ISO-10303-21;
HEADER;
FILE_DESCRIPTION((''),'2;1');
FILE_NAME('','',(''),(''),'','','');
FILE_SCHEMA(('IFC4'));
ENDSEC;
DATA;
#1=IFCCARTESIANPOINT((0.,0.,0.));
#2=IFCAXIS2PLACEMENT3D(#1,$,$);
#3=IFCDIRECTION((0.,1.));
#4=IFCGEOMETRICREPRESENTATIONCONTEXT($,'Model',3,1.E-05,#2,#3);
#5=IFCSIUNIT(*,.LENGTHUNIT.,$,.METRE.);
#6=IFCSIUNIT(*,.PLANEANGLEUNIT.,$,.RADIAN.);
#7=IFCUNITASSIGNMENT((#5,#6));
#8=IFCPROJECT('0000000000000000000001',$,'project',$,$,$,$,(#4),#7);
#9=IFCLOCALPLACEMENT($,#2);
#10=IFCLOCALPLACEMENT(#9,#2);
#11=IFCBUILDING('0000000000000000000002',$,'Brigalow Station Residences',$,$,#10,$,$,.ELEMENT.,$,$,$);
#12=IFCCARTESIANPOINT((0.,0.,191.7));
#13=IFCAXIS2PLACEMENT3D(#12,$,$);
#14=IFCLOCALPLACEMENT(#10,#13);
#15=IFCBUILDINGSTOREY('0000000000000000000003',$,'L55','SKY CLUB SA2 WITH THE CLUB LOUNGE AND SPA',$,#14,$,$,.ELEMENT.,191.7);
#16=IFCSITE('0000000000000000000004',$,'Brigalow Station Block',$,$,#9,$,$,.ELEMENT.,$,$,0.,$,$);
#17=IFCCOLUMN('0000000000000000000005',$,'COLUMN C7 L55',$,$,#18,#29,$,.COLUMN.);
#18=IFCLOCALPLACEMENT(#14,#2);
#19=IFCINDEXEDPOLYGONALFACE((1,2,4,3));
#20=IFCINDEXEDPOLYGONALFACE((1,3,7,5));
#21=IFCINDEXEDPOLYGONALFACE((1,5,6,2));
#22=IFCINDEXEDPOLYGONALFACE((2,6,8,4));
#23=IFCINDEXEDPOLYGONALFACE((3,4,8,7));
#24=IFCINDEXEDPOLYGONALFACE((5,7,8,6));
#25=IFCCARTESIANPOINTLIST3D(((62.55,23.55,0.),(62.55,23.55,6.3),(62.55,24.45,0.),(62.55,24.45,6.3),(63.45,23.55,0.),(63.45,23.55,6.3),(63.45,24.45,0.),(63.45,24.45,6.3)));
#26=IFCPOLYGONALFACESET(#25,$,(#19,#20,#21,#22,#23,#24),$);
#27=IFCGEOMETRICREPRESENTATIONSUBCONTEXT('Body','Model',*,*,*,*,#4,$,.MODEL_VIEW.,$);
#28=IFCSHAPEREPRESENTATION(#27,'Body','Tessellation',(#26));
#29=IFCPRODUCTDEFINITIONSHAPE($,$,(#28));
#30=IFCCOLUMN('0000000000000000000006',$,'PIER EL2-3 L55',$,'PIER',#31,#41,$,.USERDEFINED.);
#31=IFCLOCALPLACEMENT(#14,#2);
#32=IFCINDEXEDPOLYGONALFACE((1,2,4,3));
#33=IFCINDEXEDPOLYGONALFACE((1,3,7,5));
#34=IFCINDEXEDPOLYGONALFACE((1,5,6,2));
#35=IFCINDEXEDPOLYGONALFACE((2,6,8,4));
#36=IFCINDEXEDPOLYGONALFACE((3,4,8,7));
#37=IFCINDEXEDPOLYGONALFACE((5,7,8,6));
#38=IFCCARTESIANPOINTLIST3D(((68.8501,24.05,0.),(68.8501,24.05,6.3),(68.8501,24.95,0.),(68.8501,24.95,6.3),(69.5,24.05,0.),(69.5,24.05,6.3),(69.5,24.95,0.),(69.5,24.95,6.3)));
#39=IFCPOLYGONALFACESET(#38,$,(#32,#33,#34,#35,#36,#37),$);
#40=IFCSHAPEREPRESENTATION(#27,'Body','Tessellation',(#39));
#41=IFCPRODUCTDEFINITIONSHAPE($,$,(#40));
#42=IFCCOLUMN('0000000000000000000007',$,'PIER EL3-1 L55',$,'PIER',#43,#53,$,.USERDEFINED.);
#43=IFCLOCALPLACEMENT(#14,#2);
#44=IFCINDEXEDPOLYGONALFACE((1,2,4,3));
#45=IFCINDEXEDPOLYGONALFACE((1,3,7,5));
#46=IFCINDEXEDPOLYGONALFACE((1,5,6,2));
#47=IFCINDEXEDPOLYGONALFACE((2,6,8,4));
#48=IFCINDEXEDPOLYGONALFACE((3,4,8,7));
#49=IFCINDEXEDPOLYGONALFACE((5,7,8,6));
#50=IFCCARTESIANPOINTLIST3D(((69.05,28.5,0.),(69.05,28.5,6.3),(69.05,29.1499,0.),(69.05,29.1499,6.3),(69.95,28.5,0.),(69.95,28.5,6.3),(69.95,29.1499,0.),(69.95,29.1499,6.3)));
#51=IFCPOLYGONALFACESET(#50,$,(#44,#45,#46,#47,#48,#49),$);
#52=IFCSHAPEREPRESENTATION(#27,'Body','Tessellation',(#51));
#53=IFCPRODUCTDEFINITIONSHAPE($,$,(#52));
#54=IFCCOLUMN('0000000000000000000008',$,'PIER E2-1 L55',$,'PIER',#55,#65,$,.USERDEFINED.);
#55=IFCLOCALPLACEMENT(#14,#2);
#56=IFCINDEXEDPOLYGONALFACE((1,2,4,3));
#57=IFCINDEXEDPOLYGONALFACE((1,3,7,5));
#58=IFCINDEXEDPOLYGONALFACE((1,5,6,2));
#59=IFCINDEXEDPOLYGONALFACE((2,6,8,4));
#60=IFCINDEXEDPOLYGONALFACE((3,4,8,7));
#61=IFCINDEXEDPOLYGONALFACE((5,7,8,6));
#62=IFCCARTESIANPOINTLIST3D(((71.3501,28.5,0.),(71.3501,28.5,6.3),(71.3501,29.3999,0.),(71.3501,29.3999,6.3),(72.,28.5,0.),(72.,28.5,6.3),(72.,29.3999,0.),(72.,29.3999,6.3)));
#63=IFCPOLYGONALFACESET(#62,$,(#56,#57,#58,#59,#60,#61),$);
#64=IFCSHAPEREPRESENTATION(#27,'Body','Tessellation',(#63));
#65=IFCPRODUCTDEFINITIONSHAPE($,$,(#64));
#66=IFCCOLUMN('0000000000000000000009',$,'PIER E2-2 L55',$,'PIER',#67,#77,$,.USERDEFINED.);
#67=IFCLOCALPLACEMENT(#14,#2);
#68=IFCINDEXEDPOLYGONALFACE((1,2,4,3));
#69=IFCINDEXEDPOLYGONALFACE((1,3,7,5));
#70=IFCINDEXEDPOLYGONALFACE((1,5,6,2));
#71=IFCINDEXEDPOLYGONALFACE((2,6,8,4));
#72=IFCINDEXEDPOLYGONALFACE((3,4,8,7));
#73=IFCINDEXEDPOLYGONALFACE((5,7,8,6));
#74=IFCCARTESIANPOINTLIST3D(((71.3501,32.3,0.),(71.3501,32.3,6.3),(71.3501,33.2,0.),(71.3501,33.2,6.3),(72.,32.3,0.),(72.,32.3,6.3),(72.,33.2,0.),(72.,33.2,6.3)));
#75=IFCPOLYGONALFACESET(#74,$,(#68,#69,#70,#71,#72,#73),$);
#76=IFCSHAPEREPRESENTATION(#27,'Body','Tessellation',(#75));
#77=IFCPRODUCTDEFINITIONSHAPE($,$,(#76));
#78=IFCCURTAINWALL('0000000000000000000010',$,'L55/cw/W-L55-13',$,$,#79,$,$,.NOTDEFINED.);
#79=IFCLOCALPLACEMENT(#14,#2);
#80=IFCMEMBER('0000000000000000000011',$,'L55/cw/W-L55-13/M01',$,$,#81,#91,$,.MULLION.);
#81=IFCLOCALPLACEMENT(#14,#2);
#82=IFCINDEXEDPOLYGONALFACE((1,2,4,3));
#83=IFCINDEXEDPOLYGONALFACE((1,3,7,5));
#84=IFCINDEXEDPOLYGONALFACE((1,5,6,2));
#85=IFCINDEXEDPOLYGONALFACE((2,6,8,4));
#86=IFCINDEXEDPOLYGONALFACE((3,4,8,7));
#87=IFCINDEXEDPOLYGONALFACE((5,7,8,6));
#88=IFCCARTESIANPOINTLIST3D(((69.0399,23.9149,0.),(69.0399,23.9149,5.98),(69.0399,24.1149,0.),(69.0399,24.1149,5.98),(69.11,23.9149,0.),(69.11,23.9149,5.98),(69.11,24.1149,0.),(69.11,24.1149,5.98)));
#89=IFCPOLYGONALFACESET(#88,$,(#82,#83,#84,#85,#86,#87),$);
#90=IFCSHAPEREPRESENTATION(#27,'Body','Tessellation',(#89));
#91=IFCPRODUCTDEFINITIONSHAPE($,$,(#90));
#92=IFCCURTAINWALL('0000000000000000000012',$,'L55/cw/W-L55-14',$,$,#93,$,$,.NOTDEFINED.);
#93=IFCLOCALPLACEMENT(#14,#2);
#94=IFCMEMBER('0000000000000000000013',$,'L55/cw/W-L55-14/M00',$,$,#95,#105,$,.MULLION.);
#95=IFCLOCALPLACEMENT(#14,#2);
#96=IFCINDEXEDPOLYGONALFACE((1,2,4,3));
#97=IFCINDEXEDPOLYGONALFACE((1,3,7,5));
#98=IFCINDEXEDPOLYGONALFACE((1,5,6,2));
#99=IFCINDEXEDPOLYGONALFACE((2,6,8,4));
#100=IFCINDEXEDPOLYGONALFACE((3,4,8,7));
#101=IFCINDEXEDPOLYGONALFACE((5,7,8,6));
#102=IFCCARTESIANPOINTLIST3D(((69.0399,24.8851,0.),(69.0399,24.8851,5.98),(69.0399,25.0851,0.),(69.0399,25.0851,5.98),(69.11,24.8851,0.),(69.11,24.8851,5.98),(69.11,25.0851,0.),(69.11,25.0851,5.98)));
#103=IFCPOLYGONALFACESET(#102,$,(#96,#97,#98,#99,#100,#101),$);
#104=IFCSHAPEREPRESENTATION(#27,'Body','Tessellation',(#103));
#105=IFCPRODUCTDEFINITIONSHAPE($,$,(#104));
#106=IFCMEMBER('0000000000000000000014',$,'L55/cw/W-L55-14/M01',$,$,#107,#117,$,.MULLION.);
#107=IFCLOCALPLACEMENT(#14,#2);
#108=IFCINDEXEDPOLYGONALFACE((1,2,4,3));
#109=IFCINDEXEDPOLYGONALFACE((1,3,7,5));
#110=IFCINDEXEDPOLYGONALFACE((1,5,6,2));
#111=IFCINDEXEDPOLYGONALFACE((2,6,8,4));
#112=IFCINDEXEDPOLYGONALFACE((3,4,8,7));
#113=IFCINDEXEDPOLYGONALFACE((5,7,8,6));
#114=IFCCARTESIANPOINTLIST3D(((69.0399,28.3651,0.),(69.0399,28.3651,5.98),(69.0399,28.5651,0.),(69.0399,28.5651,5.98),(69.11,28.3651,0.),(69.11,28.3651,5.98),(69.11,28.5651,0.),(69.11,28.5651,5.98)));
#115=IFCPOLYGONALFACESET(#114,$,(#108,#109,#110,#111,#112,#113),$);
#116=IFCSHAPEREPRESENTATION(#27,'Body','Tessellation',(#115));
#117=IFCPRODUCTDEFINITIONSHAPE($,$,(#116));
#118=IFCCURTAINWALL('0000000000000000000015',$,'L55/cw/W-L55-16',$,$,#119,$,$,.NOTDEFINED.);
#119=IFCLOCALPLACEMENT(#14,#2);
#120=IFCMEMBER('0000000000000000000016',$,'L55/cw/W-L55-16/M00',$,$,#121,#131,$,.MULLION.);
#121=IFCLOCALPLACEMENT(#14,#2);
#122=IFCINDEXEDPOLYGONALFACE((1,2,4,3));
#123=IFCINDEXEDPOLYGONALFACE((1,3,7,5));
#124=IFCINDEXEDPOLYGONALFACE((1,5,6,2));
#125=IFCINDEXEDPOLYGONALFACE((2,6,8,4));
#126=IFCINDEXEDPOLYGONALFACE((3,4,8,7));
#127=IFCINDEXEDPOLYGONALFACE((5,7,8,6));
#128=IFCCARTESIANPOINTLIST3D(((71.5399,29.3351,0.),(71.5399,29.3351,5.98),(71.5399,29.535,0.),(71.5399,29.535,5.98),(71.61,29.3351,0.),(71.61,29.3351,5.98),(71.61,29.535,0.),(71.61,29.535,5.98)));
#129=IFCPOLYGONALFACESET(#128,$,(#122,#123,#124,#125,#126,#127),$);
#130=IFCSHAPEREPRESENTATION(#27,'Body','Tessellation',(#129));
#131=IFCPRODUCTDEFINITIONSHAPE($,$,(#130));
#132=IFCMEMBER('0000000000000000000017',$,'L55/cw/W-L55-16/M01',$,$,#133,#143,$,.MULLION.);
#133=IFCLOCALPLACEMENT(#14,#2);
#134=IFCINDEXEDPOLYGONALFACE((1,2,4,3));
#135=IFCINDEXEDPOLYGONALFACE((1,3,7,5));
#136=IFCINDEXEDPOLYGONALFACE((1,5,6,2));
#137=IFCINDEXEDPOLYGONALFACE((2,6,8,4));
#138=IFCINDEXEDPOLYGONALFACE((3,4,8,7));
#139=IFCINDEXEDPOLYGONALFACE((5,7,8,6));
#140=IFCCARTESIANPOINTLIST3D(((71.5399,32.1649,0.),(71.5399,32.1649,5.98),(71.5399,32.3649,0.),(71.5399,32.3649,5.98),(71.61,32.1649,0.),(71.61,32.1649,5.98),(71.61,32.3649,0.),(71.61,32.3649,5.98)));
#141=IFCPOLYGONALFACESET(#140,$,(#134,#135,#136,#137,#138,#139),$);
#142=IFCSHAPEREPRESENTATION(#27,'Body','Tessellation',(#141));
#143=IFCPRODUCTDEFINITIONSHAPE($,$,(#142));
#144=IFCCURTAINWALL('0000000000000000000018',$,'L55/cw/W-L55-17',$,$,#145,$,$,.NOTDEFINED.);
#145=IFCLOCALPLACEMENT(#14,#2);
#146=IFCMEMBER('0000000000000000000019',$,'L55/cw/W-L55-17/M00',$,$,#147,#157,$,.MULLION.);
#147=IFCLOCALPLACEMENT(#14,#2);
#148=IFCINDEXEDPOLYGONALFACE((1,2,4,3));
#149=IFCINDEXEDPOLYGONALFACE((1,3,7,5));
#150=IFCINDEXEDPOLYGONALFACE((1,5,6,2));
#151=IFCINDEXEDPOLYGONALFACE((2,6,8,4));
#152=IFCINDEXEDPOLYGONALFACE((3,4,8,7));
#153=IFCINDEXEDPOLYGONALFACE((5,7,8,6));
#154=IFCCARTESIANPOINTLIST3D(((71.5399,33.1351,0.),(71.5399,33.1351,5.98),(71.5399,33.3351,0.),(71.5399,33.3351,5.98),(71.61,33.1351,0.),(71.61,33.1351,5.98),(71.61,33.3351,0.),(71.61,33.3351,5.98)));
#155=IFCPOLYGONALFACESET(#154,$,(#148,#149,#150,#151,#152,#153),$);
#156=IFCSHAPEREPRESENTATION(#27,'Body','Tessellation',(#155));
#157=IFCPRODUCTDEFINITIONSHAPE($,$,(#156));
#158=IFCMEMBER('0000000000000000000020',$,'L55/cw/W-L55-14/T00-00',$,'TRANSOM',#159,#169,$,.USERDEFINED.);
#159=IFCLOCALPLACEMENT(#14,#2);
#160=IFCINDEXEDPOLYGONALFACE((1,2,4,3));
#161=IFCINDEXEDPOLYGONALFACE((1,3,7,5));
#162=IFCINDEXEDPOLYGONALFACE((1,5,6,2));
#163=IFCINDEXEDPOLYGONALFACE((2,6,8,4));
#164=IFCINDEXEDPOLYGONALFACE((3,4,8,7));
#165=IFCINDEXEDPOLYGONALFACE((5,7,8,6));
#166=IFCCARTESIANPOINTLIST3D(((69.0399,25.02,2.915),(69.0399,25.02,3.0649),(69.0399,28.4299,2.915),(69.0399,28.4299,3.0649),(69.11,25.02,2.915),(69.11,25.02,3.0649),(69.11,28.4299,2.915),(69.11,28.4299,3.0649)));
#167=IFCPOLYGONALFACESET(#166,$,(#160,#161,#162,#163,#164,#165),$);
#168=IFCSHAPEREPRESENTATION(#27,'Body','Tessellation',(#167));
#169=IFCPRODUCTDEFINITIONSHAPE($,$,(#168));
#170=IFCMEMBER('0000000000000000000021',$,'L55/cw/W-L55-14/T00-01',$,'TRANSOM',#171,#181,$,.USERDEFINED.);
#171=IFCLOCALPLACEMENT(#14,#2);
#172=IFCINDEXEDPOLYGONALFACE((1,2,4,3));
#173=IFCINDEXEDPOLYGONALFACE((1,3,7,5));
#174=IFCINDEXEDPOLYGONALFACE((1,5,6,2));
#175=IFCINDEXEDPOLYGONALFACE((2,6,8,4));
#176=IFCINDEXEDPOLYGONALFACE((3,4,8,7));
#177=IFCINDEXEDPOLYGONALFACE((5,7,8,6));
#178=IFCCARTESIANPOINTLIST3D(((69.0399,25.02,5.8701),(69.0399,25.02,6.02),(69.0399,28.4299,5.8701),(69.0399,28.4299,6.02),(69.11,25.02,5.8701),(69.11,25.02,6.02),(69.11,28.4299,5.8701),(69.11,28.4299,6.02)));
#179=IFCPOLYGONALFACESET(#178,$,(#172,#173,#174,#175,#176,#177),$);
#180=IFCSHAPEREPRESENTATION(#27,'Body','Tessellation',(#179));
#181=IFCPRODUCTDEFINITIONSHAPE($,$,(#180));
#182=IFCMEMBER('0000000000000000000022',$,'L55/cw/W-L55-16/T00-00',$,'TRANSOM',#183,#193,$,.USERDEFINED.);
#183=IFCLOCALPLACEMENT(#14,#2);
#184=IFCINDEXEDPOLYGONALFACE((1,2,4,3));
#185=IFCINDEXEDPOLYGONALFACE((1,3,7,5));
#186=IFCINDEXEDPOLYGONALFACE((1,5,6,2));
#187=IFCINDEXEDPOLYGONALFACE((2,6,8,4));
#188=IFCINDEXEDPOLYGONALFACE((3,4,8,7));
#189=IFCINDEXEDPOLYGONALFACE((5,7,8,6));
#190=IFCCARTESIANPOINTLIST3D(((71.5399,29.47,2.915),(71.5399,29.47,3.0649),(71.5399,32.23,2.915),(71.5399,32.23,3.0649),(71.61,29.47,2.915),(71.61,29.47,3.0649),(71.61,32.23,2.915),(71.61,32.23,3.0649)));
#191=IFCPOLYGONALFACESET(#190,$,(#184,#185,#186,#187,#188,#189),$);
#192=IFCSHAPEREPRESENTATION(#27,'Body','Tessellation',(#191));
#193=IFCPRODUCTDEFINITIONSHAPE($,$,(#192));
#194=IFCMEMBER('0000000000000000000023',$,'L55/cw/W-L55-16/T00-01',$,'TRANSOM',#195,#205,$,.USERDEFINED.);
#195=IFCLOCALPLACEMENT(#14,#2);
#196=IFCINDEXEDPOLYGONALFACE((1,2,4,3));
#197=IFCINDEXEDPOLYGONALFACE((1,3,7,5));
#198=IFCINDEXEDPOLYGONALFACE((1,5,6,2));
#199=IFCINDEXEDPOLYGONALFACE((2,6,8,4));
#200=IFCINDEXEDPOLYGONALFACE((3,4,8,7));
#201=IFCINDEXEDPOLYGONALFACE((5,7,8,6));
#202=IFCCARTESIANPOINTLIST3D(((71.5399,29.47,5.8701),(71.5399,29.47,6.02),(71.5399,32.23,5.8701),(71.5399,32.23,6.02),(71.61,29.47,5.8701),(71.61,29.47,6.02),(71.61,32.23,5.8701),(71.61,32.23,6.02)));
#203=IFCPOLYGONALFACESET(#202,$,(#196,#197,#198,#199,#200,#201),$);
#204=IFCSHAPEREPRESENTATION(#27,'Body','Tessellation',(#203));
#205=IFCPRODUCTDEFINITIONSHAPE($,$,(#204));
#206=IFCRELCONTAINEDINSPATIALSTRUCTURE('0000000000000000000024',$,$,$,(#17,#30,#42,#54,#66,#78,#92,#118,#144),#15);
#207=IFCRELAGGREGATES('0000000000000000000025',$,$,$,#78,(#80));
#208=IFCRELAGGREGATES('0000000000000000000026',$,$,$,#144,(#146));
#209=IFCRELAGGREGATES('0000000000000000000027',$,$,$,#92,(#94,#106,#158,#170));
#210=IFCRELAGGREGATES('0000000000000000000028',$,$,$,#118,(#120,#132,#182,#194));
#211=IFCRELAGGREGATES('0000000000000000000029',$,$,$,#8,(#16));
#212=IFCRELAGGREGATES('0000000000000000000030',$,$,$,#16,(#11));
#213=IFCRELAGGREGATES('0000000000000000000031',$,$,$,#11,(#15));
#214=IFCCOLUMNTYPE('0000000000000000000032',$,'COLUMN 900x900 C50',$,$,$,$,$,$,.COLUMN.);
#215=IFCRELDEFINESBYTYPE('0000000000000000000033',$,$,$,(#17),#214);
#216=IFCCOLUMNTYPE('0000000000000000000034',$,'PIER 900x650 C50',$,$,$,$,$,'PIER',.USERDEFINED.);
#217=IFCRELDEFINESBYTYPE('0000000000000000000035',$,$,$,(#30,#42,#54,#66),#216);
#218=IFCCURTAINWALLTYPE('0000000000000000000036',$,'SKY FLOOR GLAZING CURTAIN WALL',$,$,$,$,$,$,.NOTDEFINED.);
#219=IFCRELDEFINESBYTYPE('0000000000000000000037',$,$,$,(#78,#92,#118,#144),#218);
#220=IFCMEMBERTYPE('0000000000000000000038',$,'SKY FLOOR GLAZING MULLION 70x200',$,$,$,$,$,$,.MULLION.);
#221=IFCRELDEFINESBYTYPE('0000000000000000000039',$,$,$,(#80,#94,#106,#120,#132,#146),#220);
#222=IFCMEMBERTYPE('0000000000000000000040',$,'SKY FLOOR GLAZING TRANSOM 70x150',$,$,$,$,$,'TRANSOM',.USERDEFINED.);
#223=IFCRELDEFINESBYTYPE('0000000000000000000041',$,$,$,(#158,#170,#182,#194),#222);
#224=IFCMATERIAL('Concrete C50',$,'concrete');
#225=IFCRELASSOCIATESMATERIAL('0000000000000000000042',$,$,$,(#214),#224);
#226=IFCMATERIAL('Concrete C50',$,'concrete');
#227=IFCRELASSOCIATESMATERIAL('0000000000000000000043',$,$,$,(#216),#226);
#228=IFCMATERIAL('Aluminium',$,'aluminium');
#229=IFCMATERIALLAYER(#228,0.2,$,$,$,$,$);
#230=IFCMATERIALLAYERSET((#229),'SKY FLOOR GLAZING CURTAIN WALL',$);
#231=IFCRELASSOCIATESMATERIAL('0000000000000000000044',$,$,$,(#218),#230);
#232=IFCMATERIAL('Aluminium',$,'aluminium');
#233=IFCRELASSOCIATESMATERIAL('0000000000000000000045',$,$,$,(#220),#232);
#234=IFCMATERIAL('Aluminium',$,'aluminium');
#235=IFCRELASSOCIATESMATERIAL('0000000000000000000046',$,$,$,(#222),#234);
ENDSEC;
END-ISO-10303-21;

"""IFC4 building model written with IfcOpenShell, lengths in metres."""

from ifc_helpers import new_model, si_unit, direction, frame, origin, origin_2d, place, context, subcontext, project, spatial, rectangle, extrude, material, layer, layer_set, material_profile, profile_set, type_object, element, aggregate, save


model = new_model("IFC4")

# Units and contexts
model_context = context("Model", 3, precision=1e-05, world=origin(), true_north=direction((0.0, 1.0)))
body_context = subcontext(model_context, "Body", "Model", "MODEL_VIEW")
ifc_project = project(units=[si_unit("LENGTHUNIT", "METRE"), si_unit("PLANEANGLEUNIT", "RADIAN")], contexts=[model_context])

# Site, building, storey
site_placement = place(None, origin())
site = spatial("IfcSite", under=ifc_project, at=site_placement, Name="Brigalow Station Block", CompositionType="ELEMENT", RefElevation=0.0)
building_placement = place(site_placement, origin())
building = spatial("IfcBuilding", under=site, at=building_placement, Name="Brigalow Station Residences", CompositionType="ELEMENT")
storey_placement = place(building_placement, frame((0.0, 0.0, 191.7)))
storey = spatial("IfcBuildingStorey", under=building, at=storey_placement, Name="L55", Description="SKY CLUB SA2 WITH THE CLUB LOUNGE AND SPA", CompositionType="ELEMENT", Elevation=191.7)

# Columns
ifc_material_1 = material(Name="Concrete C50", Category="concrete")
ifc_material_profile_1 = material_profile(ifc_material_1, rectangle(XDim=0.8999, YDim=0.8999, at=origin_2d()), Name="RC900x900")
ifc_profile_set_1 = profile_set([ifc_material_profile_1], Name="Concrete C50")
column_type_1 = type_object("IfcColumnType", Name="COLUMN 900x900 C50", PredefinedType="COLUMN", material=ifc_profile_set_1)
column_placement = place(storey_placement, frame((63.0, 24.0, 0.0), z_axis=(0.0, 0.0, 1.0), x_axis=(1.0, 0.0, 0.0)))
element("IfcColumn", 1, at=column_placement, inside=storey, type_object=column_type_1, Name="COLUMN C7 L55", PredefinedType="COLUMN", context=body_context, shape_type="SweptSolid", body=[
    extrude(rectangle(XDim=0.8999, YDim=0.8999, at=origin_2d()), origin(), (0.0, 0.0, 1.0), 6.3),
])
ifc_material_2 = material(Name="Concrete C50", Category="concrete")
ifc_material_profile_2 = material_profile(ifc_material_2, rectangle(XDim=0.8999, YDim=0.6499, at=origin_2d()), Name="RC900x650")
ifc_profile_set_2 = profile_set([ifc_material_profile_2], Name="Concrete C50")
column_type_2 = type_object("IfcColumnType", Name="PIER 900x650 C50", ElementType="PIER", PredefinedType="USERDEFINED", material=ifc_profile_set_2)
for number, where, z_axis, x_axis, name in (
    (2, (69.175, 24.5, 0.0), (0.0, 0.0, 1.0), (0.0, 1.0, 0.0), "PIER EL2-3 L55"),
    (3, (69.5, 28.825, 0.0), (0.0, 0.0, 1.0), (1.0, 0.0, 0.0), "PIER EL3-1 L55"),
    (4, (71.675, 28.95, 0.0), (0.0, 0.0, 1.0), (0.0, 1.0, 0.0), "PIER E2-1 L55"),
    (5, (71.675, 32.75, 0.0), (0.0, 0.0, 1.0), (0.0, 1.0, 0.0), "PIER E2-2 L55"),
):
    element("IfcColumn", number, at=place(storey_placement, frame(where, z_axis=z_axis, x_axis=x_axis)), inside=storey, type_object=column_type_2, Name=name, ObjectType="PIER", PredefinedType="USERDEFINED", context=body_context, shape_type="SweptSolid", body=[
        extrude(rectangle(XDim=0.8999, YDim=0.6499, at=origin_2d()), origin(), (0.0, 0.0, 1.0), 6.3),
    ])

# Curtain wall, member
ifc_material_3 = material(Name="Aluminium", Category="aluminium")
ifc_layer_1 = layer(ifc_material_3, 0.2)
ifc_layer_set_1 = layer_set([ifc_layer_1], Name="SKY FLOOR GLAZING CURTAIN WALL")
curtain_wall_type = type_object("IfcCurtainWallType", Name="SKY FLOOR GLAZING CURTAIN WALL", PredefinedType="NOTDEFINED", material=ifc_layer_set_1)
curtain_wall_1_placement = place(storey_placement, origin())
curtain_wall_1 = element("IfcCurtainWall", 6, at=curtain_wall_1_placement, inside=storey, type_object=curtain_wall_type, Name="L55/cw/W-L55-13", PredefinedType="NOTDEFINED")
ifc_material_4 = material(Name="Aluminium", Category="aluminium")
ifc_material_profile_3 = material_profile(ifc_material_4, rectangle(XDim=0.0701, YDim=0.2, at=origin_2d()), Name="SKY FLOOR GLAZING MULLION 70x200")
ifc_profile_set_3 = profile_set([ifc_material_profile_3], Name="Aluminium")
member_type_1 = type_object("IfcMemberType", Name="SKY FLOOR GLAZING MULLION 70x200", PredefinedType="MULLION", material=ifc_profile_set_3)
member_1_placement = place(storey_placement, frame((69.075, 24.0149, 0.0), z_axis=(0.0, 0.0, 1.0), x_axis=(-1.0, 0.0, 0.0)))
member_1 = element("IfcMember", 7, at=member_1_placement, type_object=member_type_1, Name="L55/cw/W-L55-13/M01", PredefinedType="MULLION", context=body_context, shape_type="SweptSolid", body=[
    extrude(rectangle(XDim=0.0701, YDim=0.2, at=origin_2d()), origin(), (0.0, 0.0, 1.0), 5.98),
])
aggregate(curtain_wall_1, [member_1])

# Curtain walls, members
curtain_wall_2_placement = place(storey_placement, origin())
curtain_wall_2 = element("IfcCurtainWall", 8, at=curtain_wall_2_placement, inside=storey, type_object=curtain_wall_type, Name="L55/cw/W-L55-14", PredefinedType="NOTDEFINED")
member_2_placement = place(storey_placement, frame((69.075, 24.9851, 0.0), z_axis=(0.0, 0.0, 1.0), x_axis=(-1.0, 0.0, 0.0)))
member_2 = element("IfcMember", 9, at=member_2_placement, type_object=member_type_1, Name="L55/cw/W-L55-14/M00", PredefinedType="MULLION", context=body_context, shape_type="SweptSolid", body=[
    extrude(rectangle(XDim=0.0701, YDim=0.2, at=origin_2d()), origin(), (0.0, 0.0, 1.0), 5.98),
])
member_3_placement = place(storey_placement, frame((69.075, 28.4651, 0.0), z_axis=(0.0, 0.0, 1.0), x_axis=(-1.0, 0.0, 0.0)))
member_3 = element("IfcMember", 10, at=member_3_placement, type_object=member_type_1, Name="L55/cw/W-L55-14/M01", PredefinedType="MULLION", context=body_context, shape_type="SweptSolid", body=[
    extrude(rectangle(XDim=0.0701, YDim=0.2, at=origin_2d()), origin(), (0.0, 0.0, 1.0), 5.98),
])
curtain_wall_3_placement = place(storey_placement, origin())
curtain_wall_3 = element("IfcCurtainWall", 11, at=curtain_wall_3_placement, inside=storey, type_object=curtain_wall_type, Name="L55/cw/W-L55-16", PredefinedType="NOTDEFINED")
member_4_placement = place(storey_placement, frame((71.575, 29.4351, 0.0), z_axis=(0.0, 0.0, 1.0), x_axis=(-1.0, 0.0, 0.0)))
member_4 = element("IfcMember", 12, at=member_4_placement, type_object=member_type_1, Name="L55/cw/W-L55-16/M00", PredefinedType="MULLION", context=body_context, shape_type="SweptSolid", body=[
    extrude(rectangle(XDim=0.0701, YDim=0.2, at=origin_2d()), origin(), (0.0, 0.0, 1.0), 5.98),
])
member_5_placement = place(storey_placement, frame((71.575, 32.2649, 0.0), z_axis=(0.0, 0.0, 1.0), x_axis=(-1.0, 0.0, 0.0)))
member_5 = element("IfcMember", 13, at=member_5_placement, type_object=member_type_1, Name="L55/cw/W-L55-16/M01", PredefinedType="MULLION", context=body_context, shape_type="SweptSolid", body=[
    extrude(rectangle(XDim=0.0701, YDim=0.2, at=origin_2d()), origin(), (0.0, 0.0, 1.0), 5.98),
])

# Curtain wall, member
curtain_wall_4_placement = place(storey_placement, origin())
curtain_wall_4 = element("IfcCurtainWall", 14, at=curtain_wall_4_placement, inside=storey, type_object=curtain_wall_type, Name="L55/cw/W-L55-17", PredefinedType="NOTDEFINED")
member_6_placement = place(storey_placement, frame((71.575, 33.2351, 0.0), z_axis=(0.0, 0.0, 1.0), x_axis=(-1.0, 0.0, 0.0)))
member_6 = element("IfcMember", 15, at=member_6_placement, type_object=member_type_1, Name="L55/cw/W-L55-17/M00", PredefinedType="MULLION", context=body_context, shape_type="SweptSolid", body=[
    extrude(rectangle(XDim=0.0701, YDim=0.2, at=origin_2d()), origin(), (0.0, 0.0, 1.0), 5.98),
])

# Members
ifc_material_5 = material(Name="Aluminium", Category="aluminium")
ifc_material_profile_4 = material_profile(ifc_material_5, rectangle(XDim=0.0701, YDim=0.1499, at=origin_2d()), Name="SKY FLOOR GLAZING TRANSOM 70x150")
ifc_profile_set_4 = profile_set([ifc_material_profile_4], Name="Aluminium")
member_type_2 = type_object("IfcMemberType", Name="SKY FLOOR GLAZING TRANSOM 70x150", ElementType="TRANSOM", PredefinedType="USERDEFINED", material=ifc_profile_set_4)
member_7_placement = place(storey_placement, frame((69.075, 25.02, 2.99), z_axis=(0.0, 1.0, 0.0), x_axis=(-1.0, 0.0, 0.0)))
member_7 = element("IfcMember", 16, at=member_7_placement, type_object=member_type_2, Name="L55/cw/W-L55-14/T00-00", ObjectType="TRANSOM", PredefinedType="USERDEFINED", context=body_context, shape_type="SweptSolid", body=[
    extrude(rectangle(XDim=0.0701, YDim=0.1499, at=origin_2d()), origin(), (0.0, 0.0, 1.0), 3.4099),
])
member_8_placement = place(storey_placement, frame((69.075, 25.02, 5.9451), z_axis=(0.0, 1.0, 0.0), x_axis=(-1.0, 0.0, 0.0)))
member_8 = element("IfcMember", 17, at=member_8_placement, type_object=member_type_2, Name="L55/cw/W-L55-14/T00-01", ObjectType="TRANSOM", PredefinedType="USERDEFINED", context=body_context, shape_type="SweptSolid", body=[
    extrude(rectangle(XDim=0.0701, YDim=0.1499, at=origin_2d()), origin(), (0.0, 0.0, 1.0), 3.4099),
])
member_9_placement = place(storey_placement, frame((71.575, 29.47, 2.99), z_axis=(0.0, 1.0, 0.0), x_axis=(-1.0, 0.0, 0.0)))
member_9 = element("IfcMember", 18, at=member_9_placement, type_object=member_type_2, Name="L55/cw/W-L55-16/T00-00", ObjectType="TRANSOM", PredefinedType="USERDEFINED", context=body_context, shape_type="SweptSolid", body=[
    extrude(rectangle(XDim=0.0701, YDim=0.1499, at=origin_2d()), origin(), (0.0, 0.0, 1.0), 2.76),
])
member_10_placement = place(storey_placement, frame((71.575, 29.47, 5.9451), z_axis=(0.0, 1.0, 0.0), x_axis=(-1.0, 0.0, 0.0)))
member_10 = element("IfcMember", 19, at=member_10_placement, type_object=member_type_2, Name="L55/cw/W-L55-16/T00-01", ObjectType="TRANSOM", PredefinedType="USERDEFINED", context=body_context, shape_type="SweptSolid", body=[
    extrude(rectangle(XDim=0.0701, YDim=0.1499, at=origin_2d()), origin(), (0.0, 0.0, 1.0), 2.76),
])
aggregate(curtain_wall_4, [member_6])

aggregate(curtain_wall_2, [member_2, member_3, member_7, member_8])
aggregate(curtain_wall_3, [member_4, member_5, member_9, member_10])

save(model, "model.ifc")
